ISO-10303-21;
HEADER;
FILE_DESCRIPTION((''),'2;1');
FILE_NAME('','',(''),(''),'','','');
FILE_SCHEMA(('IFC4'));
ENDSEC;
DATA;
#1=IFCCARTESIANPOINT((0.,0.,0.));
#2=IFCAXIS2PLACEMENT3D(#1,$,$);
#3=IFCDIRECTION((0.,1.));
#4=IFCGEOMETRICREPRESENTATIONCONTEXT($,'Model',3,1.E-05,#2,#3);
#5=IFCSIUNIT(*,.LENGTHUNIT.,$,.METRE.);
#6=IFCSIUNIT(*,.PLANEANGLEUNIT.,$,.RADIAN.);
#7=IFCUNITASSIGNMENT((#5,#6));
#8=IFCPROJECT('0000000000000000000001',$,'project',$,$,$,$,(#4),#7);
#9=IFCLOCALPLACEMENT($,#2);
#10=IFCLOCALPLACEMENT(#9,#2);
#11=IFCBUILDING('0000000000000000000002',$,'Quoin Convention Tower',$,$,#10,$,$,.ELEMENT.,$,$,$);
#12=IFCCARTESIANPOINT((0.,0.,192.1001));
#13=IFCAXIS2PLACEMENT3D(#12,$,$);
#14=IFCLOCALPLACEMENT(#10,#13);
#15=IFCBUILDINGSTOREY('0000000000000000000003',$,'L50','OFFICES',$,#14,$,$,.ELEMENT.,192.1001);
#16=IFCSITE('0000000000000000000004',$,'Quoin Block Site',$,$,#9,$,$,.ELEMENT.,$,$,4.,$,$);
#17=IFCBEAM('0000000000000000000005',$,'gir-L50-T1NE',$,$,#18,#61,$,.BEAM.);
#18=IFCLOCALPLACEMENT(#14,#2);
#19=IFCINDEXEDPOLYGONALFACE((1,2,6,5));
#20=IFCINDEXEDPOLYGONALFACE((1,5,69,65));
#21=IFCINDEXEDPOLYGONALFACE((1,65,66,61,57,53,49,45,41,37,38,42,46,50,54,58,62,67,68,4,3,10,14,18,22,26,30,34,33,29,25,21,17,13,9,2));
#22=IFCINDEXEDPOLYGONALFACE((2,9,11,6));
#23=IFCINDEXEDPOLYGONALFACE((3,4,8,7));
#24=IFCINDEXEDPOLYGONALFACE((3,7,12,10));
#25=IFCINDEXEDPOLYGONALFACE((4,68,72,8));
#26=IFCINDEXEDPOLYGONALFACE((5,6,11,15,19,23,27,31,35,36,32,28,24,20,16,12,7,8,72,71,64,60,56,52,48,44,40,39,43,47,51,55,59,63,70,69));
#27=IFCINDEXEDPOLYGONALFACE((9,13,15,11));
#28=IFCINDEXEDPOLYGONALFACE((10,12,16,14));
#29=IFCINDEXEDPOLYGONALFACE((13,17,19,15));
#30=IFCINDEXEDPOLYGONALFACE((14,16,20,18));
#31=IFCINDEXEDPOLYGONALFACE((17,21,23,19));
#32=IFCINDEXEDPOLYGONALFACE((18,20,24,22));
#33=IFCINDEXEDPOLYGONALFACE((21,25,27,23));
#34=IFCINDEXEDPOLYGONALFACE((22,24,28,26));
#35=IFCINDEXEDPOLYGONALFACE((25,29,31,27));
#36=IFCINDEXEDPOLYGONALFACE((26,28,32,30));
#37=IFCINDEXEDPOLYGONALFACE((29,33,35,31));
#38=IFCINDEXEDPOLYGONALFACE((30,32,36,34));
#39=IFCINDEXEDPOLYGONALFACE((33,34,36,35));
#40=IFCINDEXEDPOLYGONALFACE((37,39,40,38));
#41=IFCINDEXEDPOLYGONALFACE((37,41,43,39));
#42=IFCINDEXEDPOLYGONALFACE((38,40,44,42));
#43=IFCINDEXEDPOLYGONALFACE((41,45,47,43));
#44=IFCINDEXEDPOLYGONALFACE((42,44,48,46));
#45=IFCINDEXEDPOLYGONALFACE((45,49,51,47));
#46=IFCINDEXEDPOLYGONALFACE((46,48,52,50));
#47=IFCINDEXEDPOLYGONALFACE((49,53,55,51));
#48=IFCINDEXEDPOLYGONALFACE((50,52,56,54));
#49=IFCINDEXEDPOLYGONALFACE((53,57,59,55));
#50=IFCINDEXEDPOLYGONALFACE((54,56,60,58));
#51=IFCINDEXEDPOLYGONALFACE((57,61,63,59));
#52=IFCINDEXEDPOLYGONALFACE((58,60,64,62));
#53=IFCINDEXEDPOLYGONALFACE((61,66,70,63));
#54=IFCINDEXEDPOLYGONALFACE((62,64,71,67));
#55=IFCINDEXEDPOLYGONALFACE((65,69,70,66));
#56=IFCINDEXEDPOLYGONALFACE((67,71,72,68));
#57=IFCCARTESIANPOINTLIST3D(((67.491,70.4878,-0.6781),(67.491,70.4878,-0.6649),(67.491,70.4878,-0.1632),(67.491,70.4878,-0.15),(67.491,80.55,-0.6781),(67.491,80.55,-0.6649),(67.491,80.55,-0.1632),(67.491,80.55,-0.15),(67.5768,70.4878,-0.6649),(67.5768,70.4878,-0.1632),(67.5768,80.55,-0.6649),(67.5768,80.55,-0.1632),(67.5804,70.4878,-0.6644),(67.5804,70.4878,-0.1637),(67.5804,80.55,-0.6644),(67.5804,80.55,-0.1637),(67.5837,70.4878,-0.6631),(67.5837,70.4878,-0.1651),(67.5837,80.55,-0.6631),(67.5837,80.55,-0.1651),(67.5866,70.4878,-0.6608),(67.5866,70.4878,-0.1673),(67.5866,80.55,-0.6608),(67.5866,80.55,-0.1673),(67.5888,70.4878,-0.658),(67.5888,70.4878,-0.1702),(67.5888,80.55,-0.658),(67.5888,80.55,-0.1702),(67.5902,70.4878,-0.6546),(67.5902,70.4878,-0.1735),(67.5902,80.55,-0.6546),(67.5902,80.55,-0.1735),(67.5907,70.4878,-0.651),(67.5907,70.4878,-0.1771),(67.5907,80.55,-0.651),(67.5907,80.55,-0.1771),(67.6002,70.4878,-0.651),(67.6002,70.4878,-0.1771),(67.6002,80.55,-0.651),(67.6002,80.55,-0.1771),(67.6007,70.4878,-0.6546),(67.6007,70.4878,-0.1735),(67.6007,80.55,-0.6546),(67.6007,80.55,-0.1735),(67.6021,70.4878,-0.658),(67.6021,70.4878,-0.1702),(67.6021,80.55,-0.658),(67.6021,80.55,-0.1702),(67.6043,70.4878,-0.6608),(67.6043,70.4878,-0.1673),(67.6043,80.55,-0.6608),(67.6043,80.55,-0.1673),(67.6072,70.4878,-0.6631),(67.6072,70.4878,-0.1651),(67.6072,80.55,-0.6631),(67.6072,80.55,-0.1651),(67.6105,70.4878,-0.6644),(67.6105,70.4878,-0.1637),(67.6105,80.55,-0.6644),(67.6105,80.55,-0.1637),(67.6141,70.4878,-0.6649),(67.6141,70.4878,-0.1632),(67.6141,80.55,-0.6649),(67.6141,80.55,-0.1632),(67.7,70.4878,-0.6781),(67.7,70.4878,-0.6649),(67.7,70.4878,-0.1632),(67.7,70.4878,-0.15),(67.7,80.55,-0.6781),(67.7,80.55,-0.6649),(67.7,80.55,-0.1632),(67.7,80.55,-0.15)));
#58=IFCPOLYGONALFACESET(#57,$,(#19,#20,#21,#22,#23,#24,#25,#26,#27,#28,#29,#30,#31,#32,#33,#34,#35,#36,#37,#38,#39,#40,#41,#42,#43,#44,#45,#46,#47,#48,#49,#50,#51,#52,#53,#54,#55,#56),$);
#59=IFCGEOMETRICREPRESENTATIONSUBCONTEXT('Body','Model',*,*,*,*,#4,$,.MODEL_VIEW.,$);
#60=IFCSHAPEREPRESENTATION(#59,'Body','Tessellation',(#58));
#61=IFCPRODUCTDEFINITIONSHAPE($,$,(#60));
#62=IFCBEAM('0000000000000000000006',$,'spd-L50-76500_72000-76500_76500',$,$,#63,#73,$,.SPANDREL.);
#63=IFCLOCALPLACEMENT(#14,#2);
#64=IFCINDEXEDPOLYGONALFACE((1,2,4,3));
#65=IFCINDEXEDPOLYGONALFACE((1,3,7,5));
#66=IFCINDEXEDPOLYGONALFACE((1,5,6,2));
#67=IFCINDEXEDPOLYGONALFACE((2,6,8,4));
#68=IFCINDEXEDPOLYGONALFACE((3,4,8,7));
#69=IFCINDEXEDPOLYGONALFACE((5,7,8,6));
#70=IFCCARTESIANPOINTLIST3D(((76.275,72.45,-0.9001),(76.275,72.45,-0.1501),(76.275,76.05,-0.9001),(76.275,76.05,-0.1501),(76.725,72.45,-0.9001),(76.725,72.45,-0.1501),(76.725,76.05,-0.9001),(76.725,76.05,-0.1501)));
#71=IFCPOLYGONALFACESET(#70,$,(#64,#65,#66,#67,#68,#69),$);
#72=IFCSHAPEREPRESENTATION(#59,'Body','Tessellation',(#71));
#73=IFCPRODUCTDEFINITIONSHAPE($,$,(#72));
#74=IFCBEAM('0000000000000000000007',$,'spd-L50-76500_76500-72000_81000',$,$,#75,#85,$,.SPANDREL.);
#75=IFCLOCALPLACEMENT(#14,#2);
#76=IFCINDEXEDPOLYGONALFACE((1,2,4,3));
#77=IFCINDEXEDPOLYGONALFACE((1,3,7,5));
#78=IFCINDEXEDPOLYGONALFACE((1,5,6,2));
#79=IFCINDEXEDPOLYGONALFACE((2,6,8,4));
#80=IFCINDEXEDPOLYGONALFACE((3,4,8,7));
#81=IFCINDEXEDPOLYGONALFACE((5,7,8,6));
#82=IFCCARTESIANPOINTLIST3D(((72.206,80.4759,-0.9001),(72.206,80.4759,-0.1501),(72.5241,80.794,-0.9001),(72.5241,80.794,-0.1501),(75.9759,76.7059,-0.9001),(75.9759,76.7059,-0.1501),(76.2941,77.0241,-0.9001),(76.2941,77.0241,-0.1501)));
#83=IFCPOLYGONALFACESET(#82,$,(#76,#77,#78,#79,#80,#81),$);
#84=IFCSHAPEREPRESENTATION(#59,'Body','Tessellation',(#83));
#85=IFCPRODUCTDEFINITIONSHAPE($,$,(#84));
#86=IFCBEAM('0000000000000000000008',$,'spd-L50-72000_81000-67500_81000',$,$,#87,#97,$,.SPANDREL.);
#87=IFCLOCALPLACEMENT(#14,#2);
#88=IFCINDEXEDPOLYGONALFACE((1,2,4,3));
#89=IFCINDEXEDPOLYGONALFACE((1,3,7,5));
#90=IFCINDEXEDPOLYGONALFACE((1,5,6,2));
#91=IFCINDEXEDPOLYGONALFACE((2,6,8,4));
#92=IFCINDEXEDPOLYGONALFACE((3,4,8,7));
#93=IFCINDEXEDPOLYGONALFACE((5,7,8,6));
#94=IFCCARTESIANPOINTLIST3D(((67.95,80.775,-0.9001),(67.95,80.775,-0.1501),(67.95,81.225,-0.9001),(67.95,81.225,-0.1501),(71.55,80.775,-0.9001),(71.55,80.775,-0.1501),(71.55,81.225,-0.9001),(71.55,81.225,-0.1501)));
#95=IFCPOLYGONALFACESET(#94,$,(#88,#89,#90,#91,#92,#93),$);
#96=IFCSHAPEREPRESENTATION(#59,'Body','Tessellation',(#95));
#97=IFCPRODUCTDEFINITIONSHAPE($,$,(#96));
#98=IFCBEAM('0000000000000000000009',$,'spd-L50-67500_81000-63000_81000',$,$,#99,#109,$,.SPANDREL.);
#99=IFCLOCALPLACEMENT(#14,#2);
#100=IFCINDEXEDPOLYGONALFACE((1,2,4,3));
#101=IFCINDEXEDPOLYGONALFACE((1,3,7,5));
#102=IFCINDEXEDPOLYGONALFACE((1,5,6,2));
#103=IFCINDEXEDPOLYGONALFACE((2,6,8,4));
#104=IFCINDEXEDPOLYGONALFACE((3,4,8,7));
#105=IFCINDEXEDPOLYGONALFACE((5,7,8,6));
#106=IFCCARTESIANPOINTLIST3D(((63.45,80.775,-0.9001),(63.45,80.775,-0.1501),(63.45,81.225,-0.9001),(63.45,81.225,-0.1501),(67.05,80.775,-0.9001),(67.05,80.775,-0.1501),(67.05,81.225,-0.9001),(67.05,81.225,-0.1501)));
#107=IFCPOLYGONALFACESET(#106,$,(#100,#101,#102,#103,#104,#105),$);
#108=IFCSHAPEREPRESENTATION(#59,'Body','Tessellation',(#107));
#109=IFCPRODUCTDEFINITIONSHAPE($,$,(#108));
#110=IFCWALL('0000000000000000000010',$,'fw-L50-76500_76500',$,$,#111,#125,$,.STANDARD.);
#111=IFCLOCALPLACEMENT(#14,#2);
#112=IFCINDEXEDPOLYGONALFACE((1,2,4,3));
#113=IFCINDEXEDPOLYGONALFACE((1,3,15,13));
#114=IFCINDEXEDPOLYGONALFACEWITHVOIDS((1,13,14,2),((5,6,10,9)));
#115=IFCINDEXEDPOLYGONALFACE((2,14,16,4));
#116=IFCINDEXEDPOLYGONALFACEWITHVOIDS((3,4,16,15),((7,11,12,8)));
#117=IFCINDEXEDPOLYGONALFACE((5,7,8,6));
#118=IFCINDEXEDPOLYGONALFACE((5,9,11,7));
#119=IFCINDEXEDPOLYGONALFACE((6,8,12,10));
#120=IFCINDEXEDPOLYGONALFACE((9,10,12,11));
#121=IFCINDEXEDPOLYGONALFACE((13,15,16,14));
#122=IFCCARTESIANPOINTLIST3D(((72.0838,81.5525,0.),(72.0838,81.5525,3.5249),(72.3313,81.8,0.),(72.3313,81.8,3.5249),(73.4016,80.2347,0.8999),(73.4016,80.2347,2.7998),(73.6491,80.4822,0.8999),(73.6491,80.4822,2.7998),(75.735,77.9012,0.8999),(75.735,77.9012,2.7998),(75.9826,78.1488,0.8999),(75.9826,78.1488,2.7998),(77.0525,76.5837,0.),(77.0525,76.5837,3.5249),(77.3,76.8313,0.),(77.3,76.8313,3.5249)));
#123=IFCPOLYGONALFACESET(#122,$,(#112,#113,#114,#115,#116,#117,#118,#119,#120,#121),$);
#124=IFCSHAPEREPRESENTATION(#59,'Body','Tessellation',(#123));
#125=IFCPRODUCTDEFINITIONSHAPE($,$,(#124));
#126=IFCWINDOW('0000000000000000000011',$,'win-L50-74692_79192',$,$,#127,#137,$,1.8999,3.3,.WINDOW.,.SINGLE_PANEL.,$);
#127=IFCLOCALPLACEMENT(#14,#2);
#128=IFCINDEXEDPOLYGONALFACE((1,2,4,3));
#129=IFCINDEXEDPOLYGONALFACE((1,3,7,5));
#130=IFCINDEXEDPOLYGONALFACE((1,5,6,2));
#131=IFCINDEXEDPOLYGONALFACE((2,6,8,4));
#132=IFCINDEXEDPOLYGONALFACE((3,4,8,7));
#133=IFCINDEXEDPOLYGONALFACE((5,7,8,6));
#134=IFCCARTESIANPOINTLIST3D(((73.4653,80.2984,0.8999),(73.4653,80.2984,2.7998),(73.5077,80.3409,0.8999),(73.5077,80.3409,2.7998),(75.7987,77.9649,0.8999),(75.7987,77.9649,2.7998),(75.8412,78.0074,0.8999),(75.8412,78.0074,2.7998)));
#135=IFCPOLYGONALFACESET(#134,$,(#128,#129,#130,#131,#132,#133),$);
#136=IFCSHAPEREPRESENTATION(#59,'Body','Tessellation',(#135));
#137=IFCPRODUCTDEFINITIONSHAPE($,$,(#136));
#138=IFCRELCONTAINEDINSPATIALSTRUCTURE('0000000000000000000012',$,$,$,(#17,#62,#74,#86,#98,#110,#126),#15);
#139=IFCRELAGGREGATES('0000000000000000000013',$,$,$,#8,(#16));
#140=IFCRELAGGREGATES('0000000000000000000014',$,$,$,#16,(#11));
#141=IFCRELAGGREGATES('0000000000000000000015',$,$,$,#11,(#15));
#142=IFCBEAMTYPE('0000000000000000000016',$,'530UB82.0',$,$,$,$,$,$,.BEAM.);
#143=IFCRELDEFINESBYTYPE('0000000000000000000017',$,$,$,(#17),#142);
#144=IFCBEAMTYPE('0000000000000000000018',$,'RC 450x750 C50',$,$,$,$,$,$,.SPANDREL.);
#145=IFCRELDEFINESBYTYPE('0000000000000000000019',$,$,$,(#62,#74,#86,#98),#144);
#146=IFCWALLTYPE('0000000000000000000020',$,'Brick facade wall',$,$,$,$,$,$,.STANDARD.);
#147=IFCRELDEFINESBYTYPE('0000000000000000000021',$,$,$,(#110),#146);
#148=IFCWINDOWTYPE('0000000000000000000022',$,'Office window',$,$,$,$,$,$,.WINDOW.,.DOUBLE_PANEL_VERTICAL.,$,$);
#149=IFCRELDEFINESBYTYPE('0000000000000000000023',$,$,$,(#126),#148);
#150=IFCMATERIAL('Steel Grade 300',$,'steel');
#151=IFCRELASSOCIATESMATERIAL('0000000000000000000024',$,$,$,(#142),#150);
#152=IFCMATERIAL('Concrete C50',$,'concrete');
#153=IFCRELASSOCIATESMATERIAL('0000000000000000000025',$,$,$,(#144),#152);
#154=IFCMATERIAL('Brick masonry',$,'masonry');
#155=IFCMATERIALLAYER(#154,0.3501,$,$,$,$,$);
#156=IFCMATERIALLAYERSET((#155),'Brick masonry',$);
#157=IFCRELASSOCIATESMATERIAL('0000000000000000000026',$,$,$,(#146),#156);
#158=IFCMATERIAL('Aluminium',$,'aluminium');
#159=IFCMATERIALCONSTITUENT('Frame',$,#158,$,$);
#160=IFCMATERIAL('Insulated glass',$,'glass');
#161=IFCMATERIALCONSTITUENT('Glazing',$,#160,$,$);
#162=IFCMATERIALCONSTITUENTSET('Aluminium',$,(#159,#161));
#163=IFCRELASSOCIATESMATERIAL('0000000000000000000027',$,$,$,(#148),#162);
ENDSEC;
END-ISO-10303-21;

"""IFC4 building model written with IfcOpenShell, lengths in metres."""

from ifc_helpers import new_model, si_unit, direction, frame, frame_2d, origin, origin_2d, place, context, subcontext, project, spatial, rectangle, i_section, extrude, material, layer, layer_set, constituent, constituent_set, material_profile, profile_set, type_object, element, fill, save


model = new_model("IFC4")

# Units and contexts
model_context = context("Model", 3, precision=1e-05, world=origin(), true_north=direction((0.0, 1.0)))
body_context = subcontext(model_context, "Body", "Model", "MODEL_VIEW")
ifc_project = project(units=[si_unit("LENGTHUNIT", "METRE"), si_unit("PLANEANGLEUNIT", "RADIAN")], contexts=[model_context])

# Site, building, storey
site_placement = place(None, origin())
site = spatial("IfcSite", under=ifc_project, at=site_placement, Name="Quoin Block Site", CompositionType="ELEMENT", RefElevation=4.0)
building_placement = place(site_placement, origin())
building = spatial("IfcBuilding", under=site, at=building_placement, Name="Quoin Convention Tower", CompositionType="ELEMENT")
storey_placement = place(building_placement, frame((0.0, 0.0, 192.1001)))
storey = spatial("IfcBuildingStorey", under=building, at=storey_placement, Name="L50", Description="OFFICES", CompositionType="ELEMENT", Elevation=192.1001)

# Shared definitions
ifc_material_1 = material(Name="Concrete C50", Category="concrete")

# Beams
ifc_material_2 = material(Name="Steel Grade 300", Category="steel")
ifc_material_profile_1 = material_profile(ifc_material_2, i_section(OverallWidth=0.209, OverallDepth=0.5281, WebThickness=0.0095, FlangeThickness=0.0132, FilletRadius=0.0139, at=origin_2d()), Name="530UB82.0")
ifc_profile_set_1 = profile_set([ifc_material_profile_1], Name="Steel Grade 300")
beam_type_1 = type_object("IfcBeamType", Name="530UB82.0", PredefinedType="BEAM", material=ifc_profile_set_1)
beam_1_placement = place(storey_placement, frame((67.5955, 80.55, -0.4141), z_axis=(0.0, -1.0, 0.0), x_axis=(1.0, 0.0, 0.0)))
element("IfcBeam", 1, at=beam_1_placement, inside=storey, type_object=beam_type_1, Name="gir-L50-T1NE", PredefinedType="BEAM", context=body_context, shape_type="SweptSolid", body=[
    extrude(i_section(OverallWidth=0.209, OverallDepth=0.5281, WebThickness=0.0095, FlangeThickness=0.0132, FilletRadius=0.0139, at=origin_2d()), origin(), (0.0, 0.0, 1.0), 10.0623),
])
ifc_material_profile_2 = material_profile(ifc_material_1, rectangle(XDim=0.45, YDim=0.75, at=origin_2d()), Name="RC 450x750")
ifc_profile_set_2 = profile_set([ifc_material_profile_2], Name="Concrete C50")
beam_type_2 = type_object("IfcBeamType", Name="RC 450x750 C50", PredefinedType="SPANDREL", material=ifc_profile_set_2)
beam_2_placement = place(storey_placement, frame((76.5, 72.45, -0.5251), z_axis=(0.0, 1.0, 0.0), x_axis=(-1.0, 0.0, 0.0)))
element("IfcBeam", 2, at=beam_2_placement, inside=storey, type_object=beam_type_2, Name="spd-L50-76500_72000-76500_76500", PredefinedType="SPANDREL", context=body_context, shape_type="SweptSolid", body=[
    extrude(rectangle(XDim=0.45, YDim=0.75, at=origin_2d()), origin(), (0.0, 0.0, 1.0), 3.6001),
])
beam_3_placement = place(storey_placement, frame((76.135, 76.865, -0.5251), z_axis=(-0.707107, 0.707107, 0.0), x_axis=(-0.707107, -0.707107, 0.0)))
element("IfcBeam", 3, at=beam_3_placement, inside=storey, type_object=beam_type_2, Name="spd-L50-76500_76500-72000_81000", PredefinedType="SPANDREL", context=body_context, shape_type="SweptSolid", body=[
    extrude(rectangle(XDim=0.45, YDim=0.75, at=origin_2d()), origin(), (0.0, 0.0, 1.0), 5.3315),
])
for number, where, z_axis, x_axis, name in (
    (4, (71.55, 81.0, -0.5251), (-1.0, 0.0, 0.0), (0.0, -1.0, 0.0), "spd-L50-72000_81000-67500_81000"),
    (5, (67.05, 81.0, -0.5251), (-1.0, 0.0, 0.0), (0.0, -1.0, 0.0), "spd-L50-67500_81000-63000_81000"),
):
    element("IfcBeam", number, at=place(storey_placement, frame(where, z_axis=z_axis, x_axis=x_axis)), inside=storey, type_object=beam_type_2, Name=name, PredefinedType="SPANDREL", context=body_context, shape_type="SweptSolid", body=[
        extrude(rectangle(XDim=0.45, YDim=0.75, at=origin_2d()), origin(), (0.0, 0.0, 1.0), 3.6001),
    ])

# Wall, opening, window
ifc_material_3 = material(Name="Brick masonry", Category="masonry")
ifc_layer_1 = layer(ifc_material_3, 0.3501)
ifc_layer_set_1 = layer_set([ifc_layer_1], Name="Brick masonry")
wall_type_1 = type_object("IfcWallType", Name="Brick facade wall", PredefinedType="STANDARD", material=ifc_layer_set_1)
wall_1_placement = place(storey_placement, frame((77.1763, 76.7075, 0.0), z_axis=(0.0, 0.0, 1.0), x_axis=(-0.707107, 0.707107, 0.0)))
wall_1 = element("IfcWall", 6, at=wall_1_placement, inside=storey, type_object=wall_type_1, Name="fw-L50-76500_76500", PredefinedType="STANDARD", context=body_context, shape_type="SweptSolid", body=[
    extrude(rectangle(XDim=7.0269, YDim=0.3501, at=frame_2d((3.5134, 0.0))), origin(), (0.0, 0.0, 1.0), 3.5249),
])
opening_1_placement = place(wall_1_placement, frame((1.8633, 0.0, 0.8999)))
opening_1 = element("IfcOpeningElement", 7, at=opening_1_placement, cuts=wall_1, PredefinedType="OPENING", context=body_context, shape_type="SweptSolid", body=[
    extrude(rectangle(XDim=3.3, YDim=1.8999, at=frame_2d((1.6499, 0.95))), frame((0.0, 0.1851, 0.0), z_axis=(0.0, -1.0, 0.0), x_axis=(1.0, 0.0, 0.0)), (0.0, 0.0, 1.0), 0.3701),
])
ifc_material_4 = material(Name="Aluminium", Category="aluminium")
ifc_constituent_1 = constituent(ifc_material_4, Name="Frame")
ifc_material_5 = material(Name="Insulated glass", Category="glass")
ifc_constituent_2 = constituent(ifc_material_5, Name="Glazing")
ifc_constituent_set = constituent_set(constituents=[ifc_constituent_1, ifc_constituent_2], Name="Aluminium")
window_type = type_object("IfcWindowType", Name="Office window", PartitioningType="DOUBLE_PANEL_VERTICAL", PredefinedType="WINDOW", material=ifc_constituent_set)
window_1_placement = place(opening_1_placement, origin())
window_1 = element("IfcWindow", 8, at=window_1_placement, inside=storey, type_object=window_type, Name="win-L50-74692_79192", OverallHeight=1.8999, OverallWidth=3.3, PartitioningType="SINGLE_PANEL", PredefinedType="WINDOW", context=body_context, shape_type="SweptSolid", body=[
    extrude(rectangle(XDim=3.3, YDim=1.8999, at=frame_2d((1.6499, 0.95))), frame((0.0, 0.085, 0.0), z_axis=(0.0, -1.0, 0.0), x_axis=(1.0, 0.0, 0.0)), (0.0, 0.0, 1.0), 0.0601),
])
fill(opening_1, window_1)

save(model, "model.ifc")
